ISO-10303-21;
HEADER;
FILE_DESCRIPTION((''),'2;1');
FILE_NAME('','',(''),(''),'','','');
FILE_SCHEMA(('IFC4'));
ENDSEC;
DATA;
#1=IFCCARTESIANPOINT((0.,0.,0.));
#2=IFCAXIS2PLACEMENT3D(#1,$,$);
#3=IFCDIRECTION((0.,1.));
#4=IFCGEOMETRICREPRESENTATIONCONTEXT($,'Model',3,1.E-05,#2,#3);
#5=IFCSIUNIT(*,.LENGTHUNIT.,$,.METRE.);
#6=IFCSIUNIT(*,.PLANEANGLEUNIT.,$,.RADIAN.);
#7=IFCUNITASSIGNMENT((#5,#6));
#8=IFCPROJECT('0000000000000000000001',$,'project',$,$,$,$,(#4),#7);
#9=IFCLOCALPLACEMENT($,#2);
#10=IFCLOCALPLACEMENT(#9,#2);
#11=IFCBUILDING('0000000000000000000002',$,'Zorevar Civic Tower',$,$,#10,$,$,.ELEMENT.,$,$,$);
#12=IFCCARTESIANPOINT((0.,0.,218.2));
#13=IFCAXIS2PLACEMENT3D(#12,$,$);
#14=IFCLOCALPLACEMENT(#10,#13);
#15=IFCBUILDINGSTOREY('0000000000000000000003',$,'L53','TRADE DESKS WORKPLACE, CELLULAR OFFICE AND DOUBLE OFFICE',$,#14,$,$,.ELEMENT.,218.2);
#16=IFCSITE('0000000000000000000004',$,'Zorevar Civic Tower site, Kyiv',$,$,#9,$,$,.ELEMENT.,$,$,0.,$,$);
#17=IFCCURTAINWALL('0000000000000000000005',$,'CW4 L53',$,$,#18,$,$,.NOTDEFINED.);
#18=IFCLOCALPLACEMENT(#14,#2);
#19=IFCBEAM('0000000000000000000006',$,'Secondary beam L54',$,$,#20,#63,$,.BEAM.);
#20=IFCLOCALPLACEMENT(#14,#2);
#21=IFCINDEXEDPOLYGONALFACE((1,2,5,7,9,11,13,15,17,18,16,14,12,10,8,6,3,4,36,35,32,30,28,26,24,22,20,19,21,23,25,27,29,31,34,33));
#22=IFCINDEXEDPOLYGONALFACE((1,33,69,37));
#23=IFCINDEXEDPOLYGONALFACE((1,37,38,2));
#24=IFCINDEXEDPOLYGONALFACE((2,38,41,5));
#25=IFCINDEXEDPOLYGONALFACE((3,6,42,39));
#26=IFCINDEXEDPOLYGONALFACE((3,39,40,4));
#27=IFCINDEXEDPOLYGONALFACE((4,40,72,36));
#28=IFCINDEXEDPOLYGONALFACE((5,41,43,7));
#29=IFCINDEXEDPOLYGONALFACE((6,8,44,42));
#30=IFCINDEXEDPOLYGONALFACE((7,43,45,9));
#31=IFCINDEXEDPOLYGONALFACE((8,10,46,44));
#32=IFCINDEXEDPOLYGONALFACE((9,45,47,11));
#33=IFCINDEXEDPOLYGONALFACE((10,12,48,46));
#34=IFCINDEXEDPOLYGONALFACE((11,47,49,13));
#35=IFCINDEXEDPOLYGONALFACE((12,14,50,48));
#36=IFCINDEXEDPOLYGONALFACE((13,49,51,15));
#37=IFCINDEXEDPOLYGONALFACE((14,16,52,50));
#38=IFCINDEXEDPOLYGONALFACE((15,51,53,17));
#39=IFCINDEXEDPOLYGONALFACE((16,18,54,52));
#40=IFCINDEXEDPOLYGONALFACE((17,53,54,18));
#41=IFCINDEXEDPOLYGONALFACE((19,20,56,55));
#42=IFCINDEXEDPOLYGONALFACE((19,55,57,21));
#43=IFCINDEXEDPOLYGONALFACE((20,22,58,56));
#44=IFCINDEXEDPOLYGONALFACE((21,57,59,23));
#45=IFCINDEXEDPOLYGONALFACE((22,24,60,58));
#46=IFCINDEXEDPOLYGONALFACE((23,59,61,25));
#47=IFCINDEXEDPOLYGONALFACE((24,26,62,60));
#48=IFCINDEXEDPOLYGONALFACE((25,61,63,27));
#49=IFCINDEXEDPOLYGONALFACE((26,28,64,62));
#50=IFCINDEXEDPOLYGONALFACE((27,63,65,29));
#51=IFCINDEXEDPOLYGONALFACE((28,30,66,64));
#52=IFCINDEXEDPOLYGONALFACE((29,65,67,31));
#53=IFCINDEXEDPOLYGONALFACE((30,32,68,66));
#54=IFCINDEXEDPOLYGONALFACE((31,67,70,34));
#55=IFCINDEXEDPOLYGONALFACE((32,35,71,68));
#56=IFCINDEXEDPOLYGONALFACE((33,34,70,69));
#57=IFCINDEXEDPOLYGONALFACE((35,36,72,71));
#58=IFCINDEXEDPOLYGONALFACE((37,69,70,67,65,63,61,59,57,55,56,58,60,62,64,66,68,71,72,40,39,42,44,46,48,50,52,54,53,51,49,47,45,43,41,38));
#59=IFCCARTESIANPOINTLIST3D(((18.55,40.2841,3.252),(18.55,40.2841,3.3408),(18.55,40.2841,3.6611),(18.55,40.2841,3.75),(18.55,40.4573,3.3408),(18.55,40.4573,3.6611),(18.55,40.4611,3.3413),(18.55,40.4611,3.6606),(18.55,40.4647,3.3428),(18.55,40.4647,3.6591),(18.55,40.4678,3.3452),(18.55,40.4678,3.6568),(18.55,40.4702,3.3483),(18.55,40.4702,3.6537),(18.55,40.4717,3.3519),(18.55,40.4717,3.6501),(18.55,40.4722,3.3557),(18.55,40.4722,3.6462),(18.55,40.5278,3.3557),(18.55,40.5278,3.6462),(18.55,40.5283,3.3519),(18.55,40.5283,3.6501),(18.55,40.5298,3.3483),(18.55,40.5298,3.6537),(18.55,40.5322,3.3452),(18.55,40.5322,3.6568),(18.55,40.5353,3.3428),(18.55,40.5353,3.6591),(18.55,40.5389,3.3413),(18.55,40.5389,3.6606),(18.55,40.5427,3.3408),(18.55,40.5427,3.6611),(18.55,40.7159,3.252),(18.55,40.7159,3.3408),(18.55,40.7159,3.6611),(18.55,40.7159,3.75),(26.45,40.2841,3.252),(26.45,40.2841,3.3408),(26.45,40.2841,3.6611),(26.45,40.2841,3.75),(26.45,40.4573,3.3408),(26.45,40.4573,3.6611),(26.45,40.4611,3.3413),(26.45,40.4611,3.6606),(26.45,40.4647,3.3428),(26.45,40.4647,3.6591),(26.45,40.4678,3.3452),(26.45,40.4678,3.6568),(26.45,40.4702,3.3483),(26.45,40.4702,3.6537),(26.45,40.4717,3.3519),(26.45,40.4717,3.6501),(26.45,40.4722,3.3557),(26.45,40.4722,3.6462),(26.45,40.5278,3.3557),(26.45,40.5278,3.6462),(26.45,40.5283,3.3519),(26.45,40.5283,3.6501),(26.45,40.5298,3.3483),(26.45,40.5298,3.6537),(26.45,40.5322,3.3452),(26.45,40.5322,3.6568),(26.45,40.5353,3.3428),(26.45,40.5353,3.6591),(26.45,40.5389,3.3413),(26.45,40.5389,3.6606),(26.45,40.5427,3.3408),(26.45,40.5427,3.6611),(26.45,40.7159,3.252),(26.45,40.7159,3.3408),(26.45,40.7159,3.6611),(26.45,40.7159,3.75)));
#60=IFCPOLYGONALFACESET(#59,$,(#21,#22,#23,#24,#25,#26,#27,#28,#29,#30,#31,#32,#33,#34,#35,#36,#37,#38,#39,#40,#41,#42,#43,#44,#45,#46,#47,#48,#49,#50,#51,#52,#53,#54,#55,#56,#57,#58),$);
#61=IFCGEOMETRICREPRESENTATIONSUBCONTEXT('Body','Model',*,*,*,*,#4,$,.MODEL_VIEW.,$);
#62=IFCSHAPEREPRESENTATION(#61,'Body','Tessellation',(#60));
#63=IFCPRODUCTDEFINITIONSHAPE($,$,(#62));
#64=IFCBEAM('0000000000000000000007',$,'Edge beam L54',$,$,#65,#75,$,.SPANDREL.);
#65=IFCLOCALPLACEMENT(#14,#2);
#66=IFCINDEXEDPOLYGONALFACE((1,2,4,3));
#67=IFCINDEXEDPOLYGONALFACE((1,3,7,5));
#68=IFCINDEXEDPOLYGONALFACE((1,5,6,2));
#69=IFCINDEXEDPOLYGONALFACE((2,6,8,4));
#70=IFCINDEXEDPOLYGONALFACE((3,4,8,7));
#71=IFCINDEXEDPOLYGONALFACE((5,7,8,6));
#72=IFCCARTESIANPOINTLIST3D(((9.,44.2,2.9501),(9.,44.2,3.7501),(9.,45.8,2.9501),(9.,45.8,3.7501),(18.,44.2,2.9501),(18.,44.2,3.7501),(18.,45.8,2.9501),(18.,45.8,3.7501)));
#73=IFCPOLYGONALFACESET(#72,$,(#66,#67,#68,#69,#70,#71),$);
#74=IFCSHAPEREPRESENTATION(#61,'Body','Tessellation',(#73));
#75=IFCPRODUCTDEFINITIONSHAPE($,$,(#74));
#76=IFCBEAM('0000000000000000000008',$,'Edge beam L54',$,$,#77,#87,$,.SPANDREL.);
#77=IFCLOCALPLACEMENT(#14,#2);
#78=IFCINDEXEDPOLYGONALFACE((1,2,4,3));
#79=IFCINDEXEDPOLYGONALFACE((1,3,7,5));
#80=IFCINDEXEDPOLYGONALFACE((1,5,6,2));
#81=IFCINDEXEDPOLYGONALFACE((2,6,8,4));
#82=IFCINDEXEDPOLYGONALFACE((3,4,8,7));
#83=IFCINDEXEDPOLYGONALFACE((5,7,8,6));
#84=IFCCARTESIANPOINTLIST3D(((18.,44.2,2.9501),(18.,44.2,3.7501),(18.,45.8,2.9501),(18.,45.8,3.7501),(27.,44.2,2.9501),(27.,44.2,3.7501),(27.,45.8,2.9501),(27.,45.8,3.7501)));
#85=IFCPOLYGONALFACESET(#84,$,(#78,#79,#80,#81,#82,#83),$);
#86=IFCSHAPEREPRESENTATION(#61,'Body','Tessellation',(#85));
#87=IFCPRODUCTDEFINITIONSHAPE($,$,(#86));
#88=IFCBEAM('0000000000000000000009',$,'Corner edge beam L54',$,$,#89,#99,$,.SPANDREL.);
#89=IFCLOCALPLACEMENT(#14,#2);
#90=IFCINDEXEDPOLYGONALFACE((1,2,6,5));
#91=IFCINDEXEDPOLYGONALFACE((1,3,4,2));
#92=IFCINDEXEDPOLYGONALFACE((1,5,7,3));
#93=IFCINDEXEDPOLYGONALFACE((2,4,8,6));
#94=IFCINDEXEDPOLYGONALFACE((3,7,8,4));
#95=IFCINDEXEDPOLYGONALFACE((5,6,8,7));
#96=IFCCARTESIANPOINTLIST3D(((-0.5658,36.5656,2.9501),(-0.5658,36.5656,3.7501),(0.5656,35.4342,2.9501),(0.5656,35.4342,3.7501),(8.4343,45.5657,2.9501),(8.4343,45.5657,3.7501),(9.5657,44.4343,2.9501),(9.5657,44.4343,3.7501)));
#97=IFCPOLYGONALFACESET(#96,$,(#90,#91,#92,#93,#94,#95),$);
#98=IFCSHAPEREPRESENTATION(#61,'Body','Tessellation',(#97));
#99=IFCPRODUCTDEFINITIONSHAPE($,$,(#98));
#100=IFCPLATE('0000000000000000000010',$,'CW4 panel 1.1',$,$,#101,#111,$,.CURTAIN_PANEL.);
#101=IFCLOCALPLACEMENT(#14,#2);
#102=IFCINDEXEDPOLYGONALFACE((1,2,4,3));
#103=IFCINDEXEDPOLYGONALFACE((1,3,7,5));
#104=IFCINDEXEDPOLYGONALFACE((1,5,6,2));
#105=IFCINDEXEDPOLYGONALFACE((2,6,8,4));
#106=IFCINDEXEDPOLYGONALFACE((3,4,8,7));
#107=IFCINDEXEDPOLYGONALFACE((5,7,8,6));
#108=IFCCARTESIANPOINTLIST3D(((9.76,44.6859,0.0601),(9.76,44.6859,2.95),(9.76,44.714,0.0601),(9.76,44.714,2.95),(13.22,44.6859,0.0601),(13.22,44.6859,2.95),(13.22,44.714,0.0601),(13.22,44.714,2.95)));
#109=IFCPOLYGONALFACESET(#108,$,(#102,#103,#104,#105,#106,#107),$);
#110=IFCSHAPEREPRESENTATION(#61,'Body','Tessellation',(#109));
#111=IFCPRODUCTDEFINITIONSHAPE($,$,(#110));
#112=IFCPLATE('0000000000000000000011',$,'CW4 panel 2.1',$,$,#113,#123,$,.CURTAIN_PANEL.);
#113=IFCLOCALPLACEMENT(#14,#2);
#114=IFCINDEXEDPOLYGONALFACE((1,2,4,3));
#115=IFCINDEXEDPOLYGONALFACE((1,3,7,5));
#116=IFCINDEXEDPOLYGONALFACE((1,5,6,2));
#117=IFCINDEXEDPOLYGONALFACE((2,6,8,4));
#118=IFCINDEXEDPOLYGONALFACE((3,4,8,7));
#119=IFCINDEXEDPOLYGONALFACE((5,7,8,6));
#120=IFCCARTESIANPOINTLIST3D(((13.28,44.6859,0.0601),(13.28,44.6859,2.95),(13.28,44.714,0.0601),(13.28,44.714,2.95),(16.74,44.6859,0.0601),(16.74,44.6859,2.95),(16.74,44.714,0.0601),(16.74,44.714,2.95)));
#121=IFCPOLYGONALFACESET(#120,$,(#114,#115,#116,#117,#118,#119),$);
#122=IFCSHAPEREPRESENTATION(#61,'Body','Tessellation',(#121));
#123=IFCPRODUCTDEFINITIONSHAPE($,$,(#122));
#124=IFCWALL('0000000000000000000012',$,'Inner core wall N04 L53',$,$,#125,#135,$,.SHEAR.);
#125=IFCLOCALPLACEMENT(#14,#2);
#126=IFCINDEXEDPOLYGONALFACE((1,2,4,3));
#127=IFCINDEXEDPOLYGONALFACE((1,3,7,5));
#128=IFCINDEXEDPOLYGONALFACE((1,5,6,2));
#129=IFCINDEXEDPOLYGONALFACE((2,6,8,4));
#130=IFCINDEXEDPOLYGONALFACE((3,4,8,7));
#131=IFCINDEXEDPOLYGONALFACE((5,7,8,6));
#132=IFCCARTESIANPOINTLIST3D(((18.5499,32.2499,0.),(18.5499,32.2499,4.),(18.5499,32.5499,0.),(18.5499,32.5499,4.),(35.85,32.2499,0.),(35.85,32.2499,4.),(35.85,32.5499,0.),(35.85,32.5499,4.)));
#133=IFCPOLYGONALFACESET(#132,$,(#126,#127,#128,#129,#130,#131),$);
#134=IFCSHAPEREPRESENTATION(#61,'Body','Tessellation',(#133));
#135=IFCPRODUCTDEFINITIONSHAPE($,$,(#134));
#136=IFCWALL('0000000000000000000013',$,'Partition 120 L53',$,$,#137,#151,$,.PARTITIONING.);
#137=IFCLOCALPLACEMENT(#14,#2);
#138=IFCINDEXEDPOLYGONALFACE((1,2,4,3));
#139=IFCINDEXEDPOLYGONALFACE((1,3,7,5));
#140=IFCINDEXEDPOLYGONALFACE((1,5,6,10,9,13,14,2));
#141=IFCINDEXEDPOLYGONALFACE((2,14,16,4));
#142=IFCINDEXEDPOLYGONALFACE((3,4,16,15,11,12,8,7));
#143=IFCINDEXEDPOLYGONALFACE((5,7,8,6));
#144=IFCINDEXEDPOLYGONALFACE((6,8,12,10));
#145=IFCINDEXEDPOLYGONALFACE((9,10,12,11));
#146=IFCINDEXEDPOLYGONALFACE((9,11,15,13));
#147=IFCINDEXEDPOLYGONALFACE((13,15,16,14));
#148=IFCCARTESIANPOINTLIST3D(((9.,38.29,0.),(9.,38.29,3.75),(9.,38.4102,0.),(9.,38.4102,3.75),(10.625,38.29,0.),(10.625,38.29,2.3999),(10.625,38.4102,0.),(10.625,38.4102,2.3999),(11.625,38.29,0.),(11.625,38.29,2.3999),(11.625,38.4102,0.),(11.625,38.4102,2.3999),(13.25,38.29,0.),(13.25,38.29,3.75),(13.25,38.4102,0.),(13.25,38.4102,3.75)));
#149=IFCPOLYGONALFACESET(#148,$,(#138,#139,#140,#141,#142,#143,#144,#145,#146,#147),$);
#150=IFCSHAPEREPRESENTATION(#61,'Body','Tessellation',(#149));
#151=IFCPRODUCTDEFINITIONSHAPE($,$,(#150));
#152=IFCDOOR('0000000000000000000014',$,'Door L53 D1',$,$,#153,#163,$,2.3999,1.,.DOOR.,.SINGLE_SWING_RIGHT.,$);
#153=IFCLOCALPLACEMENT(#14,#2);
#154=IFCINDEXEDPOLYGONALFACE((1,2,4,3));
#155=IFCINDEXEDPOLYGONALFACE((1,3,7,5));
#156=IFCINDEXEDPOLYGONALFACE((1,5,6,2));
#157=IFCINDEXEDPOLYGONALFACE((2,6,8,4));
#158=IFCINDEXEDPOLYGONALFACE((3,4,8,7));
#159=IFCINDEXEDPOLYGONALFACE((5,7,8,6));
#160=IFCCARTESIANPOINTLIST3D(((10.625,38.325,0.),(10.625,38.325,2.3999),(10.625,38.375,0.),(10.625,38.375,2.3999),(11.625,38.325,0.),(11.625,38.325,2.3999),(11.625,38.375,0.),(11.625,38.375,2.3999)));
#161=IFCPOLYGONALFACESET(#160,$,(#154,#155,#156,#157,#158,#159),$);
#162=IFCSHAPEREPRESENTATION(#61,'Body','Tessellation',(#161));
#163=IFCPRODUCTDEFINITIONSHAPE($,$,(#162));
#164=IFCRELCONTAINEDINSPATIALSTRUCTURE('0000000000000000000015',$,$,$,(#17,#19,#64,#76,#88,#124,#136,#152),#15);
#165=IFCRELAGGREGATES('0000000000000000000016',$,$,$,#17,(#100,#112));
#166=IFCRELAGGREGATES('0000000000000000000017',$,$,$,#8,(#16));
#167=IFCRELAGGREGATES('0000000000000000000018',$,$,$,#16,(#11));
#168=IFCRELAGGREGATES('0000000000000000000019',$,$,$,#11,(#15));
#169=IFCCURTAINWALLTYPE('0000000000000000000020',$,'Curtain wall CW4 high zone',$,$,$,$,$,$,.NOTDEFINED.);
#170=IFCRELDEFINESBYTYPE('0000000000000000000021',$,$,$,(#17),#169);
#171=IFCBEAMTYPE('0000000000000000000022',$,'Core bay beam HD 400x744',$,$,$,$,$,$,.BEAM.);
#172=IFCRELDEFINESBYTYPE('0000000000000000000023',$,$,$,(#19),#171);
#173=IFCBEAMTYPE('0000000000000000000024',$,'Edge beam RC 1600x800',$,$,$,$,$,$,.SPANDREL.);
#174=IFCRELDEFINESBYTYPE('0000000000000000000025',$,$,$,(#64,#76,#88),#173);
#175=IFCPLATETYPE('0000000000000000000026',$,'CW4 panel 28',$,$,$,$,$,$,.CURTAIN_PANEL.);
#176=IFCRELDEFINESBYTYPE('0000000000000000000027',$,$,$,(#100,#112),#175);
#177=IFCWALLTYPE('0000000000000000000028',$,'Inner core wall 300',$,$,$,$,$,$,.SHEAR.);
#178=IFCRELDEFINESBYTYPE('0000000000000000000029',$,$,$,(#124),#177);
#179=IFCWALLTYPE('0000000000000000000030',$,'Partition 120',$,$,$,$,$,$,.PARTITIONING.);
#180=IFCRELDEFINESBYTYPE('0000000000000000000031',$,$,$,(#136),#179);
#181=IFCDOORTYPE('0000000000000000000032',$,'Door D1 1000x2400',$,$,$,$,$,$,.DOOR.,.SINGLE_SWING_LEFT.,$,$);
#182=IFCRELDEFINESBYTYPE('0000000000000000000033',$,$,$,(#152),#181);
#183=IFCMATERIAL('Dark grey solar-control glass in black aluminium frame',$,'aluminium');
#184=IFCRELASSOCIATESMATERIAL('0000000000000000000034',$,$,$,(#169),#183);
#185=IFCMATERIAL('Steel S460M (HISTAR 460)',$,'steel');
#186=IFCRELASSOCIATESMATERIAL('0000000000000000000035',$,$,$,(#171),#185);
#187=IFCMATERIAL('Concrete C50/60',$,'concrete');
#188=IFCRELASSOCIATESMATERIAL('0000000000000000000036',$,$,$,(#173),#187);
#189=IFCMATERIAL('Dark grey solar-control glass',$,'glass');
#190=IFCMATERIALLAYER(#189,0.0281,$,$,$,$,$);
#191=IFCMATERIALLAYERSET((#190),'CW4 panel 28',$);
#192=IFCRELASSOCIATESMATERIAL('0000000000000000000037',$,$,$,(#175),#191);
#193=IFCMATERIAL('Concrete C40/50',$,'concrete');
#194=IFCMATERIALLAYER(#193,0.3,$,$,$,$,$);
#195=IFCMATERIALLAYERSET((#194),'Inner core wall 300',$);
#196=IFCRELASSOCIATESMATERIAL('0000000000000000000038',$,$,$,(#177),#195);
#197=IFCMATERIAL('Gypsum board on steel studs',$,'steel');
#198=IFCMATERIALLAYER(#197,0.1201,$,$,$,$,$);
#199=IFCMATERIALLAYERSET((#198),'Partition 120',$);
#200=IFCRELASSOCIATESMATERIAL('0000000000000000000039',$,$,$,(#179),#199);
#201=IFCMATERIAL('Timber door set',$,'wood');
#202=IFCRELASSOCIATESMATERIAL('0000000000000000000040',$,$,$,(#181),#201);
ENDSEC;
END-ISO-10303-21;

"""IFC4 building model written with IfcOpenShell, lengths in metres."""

from ifc_helpers import new_model, si_unit, direction, frame, frame_2d, origin, origin_2d, place, context, subcontext, project, spatial, rectangle, i_section, extrude, material, layer, layer_set, material_profile, profile_set, type_object, element, fill, aggregate, save


model = new_model("IFC4")

# Units and contexts
model_context = context("Model", 3, precision=1e-05, world=origin(), true_north=direction((0.0, 1.0)))
body_context = subcontext(model_context, "Body", "Model", "MODEL_VIEW")
ifc_project = project(units=[si_unit("LENGTHUNIT", "METRE"), si_unit("PLANEANGLEUNIT", "RADIAN")], contexts=[model_context])

# Site, building, storey
site_placement = place(None, origin())
site = spatial("IfcSite", under=ifc_project, at=site_placement, Name="Zorevar Civic Tower site, Kyiv", CompositionType="ELEMENT", RefElevation=0.0)
building_placement = place(site_placement, origin())
building = spatial("IfcBuilding", under=site, at=building_placement, Name="Zorevar Civic Tower", CompositionType="ELEMENT")
storey_placement = place(building_placement, frame((0.0, 0.0, 218.2)))
storey = spatial("IfcBuildingStorey", under=building, at=storey_placement, Name="L53", Description="TRADE DESKS WORKPLACE, CELLULAR OFFICE AND DOUBLE OFFICE", CompositionType="ELEMENT", Elevation=218.2)

# Curtain wall
ifc_material_1 = material(Name="Dark grey solar-control glass in black aluminium frame", Category="aluminium")
curtain_wall_type = type_object("IfcCurtainWallType", Name="Curtain wall CW4 high zone", PredefinedType="NOTDEFINED", material=ifc_material_1)
curtain_wall_placement = place(storey_placement, origin())
curtain_wall = element("IfcCurtainWall", 1, at=curtain_wall_placement, inside=storey, type_object=curtain_wall_type, Name="CW4 L53", PredefinedType="NOTDEFINED")

# Beams
ifc_material_2 = material(Name="Steel S460M (HISTAR 460)", Category="steel")
ifc_material_profile_1 = material_profile(ifc_material_2, i_section(OverallWidth=0.4319, OverallDepth=0.498, WebThickness=0.0557, FlangeThickness=0.0889, FilletRadius=0.0149, at=origin_2d()), Name="HD 400x744")
ifc_profile_set_1 = profile_set([ifc_material_profile_1], Name="Steel S460M (HISTAR 460)")
beam_type_1 = type_object("IfcBeamType", Name="Core bay beam HD 400x744", PredefinedType="BEAM", material=ifc_profile_set_1)
beam_1_placement = place(storey_placement, frame((18.55, 40.5, 3.501), z_axis=(1.0, 0.0, 0.0), x_axis=(0.0, 1.0, 0.0)))
element("IfcBeam", 2, at=beam_1_placement, inside=storey, type_object=beam_type_1, Name="Secondary beam L54", PredefinedType="BEAM", context=body_context, shape_type="SweptSolid", body=[
    extrude(i_section(OverallWidth=0.4319, OverallDepth=0.498, WebThickness=0.0557, FlangeThickness=0.0889, FilletRadius=0.0149, at=origin_2d()), origin(), (0.0, 0.0, 1.0), 7.8999),
])
ifc_material_3 = material(Name="Concrete C50/60", Category="concrete")
ifc_material_profile_2 = material_profile(ifc_material_3, rectangle(XDim=1.6001, YDim=0.8, at=origin_2d()), Name="RC 1600x800")
ifc_profile_set_2 = profile_set([ifc_material_profile_2], Name="Concrete C50/60")
beam_type_2 = type_object("IfcBeamType", Name="Edge beam RC 1600x800", PredefinedType="SPANDREL", material=ifc_profile_set_2)
for number, where, z_axis, x_axis, name in (
    (3, (9.0, 45.0, 3.3501), (1.0, 0.0, 0.0), (0.0, 1.0, 0.0), "Edge beam L54"),
    (4, (18.0, 45.0, 3.3501), (1.0, 0.0, 0.0), (0.0, 1.0, 0.0), "Edge beam L54"),
):
    element("IfcBeam", number, at=place(storey_placement, frame(where, z_axis=z_axis, x_axis=x_axis)), inside=storey, type_object=beam_type_2, Name=name, PredefinedType="SPANDREL", context=body_context, shape_type="SweptSolid", body=[
        extrude(rectangle(XDim=1.6001, YDim=0.8, at=origin_2d()), origin(), (0.0, 0.0, 1.0), 9.0),
    ])
beam_2_placement = place(storey_placement, frame((9.0, 45.0, 3.3501), z_axis=(-0.707107, -0.707107, 0.0), x_axis=(0.707107, -0.707107, 0.0)))
element("IfcBeam", 5, at=beam_2_placement, inside=storey, type_object=beam_type_2, Name="Corner edge beam L54", PredefinedType="SPANDREL", context=body_context, shape_type="SweptSolid", body=[
    extrude(rectangle(XDim=1.6001, YDim=0.8, at=origin_2d()), origin(), (0.0, 0.0, 1.0), 12.728),
])

# Plates
ifc_material_4 = material(Name="Dark grey solar-control glass", Category="glass")
ifc_layer_1 = layer(ifc_material_4, 0.0281)
ifc_layer_set_1 = layer_set([ifc_layer_1], Name="CW4 panel 28")
plate_type = type_object("IfcPlateType", Name="CW4 panel 28", PredefinedType="CURTAIN_PANEL", material=ifc_layer_set_1)
plate_1_placement = place(storey_placement, frame((11.49, 44.7, 0.0601), z_axis=(0.0, 0.0, 1.0), x_axis=(1.0, 0.0, 0.0)))
plate_1 = element("IfcPlate", 6, at=plate_1_placement, type_object=plate_type, Name="CW4 panel 1.1", PredefinedType="CURTAIN_PANEL", context=body_context, shape_type="SweptSolid", body=[
    extrude(rectangle(XDim=3.46, YDim=0.0281, at=origin_2d()), origin(), (0.0, 0.0, 1.0), 2.8899),
])
plate_2_placement = place(storey_placement, frame((15.01, 44.7, 0.0601), z_axis=(0.0, 0.0, 1.0), x_axis=(1.0, 0.0, 0.0)))
plate_2 = element("IfcPlate", 7, at=plate_2_placement, type_object=plate_type, Name="CW4 panel 2.1", PredefinedType="CURTAIN_PANEL", context=body_context, shape_type="SweptSolid", body=[
    extrude(rectangle(XDim=3.46, YDim=0.0281, at=origin_2d()), origin(), (0.0, 0.0, 1.0), 2.8899),
])
aggregate(curtain_wall, [plate_1, plate_2])

# Wall
ifc_material_5 = material(Name="Concrete C40/50", Category="concrete")
ifc_layer_2 = layer(ifc_material_5, 0.3)
ifc_layer_set_2 = layer_set([ifc_layer_2], Name="Inner core wall 300")
wall_type_1 = type_object("IfcWallType", Name="Inner core wall 300", PredefinedType="SHEAR", material=ifc_layer_set_2)
wall_1_placement = place(storey_placement, frame((18.55, 32.3999, 0.0), z_axis=(0.0, 0.0, 1.0), x_axis=(1.0, 0.0, 0.0)))
element("IfcWall", 8, at=wall_1_placement, inside=storey, type_object=wall_type_1, Name="Inner core wall N04 L53", PredefinedType="SHEAR", context=body_context, shape_type="SweptSolid", body=[
    extrude(rectangle(XDim=17.3, YDim=0.3, at=frame_2d((8.6499, 0.0))), origin(), (0.0, 0.0, 1.0), 4.0),
])

# Wall, opening, door
ifc_material_6 = material(Name="Gypsum board on steel studs", Category="steel")
ifc_layer_3 = layer(ifc_material_6, 0.1201)
ifc_layer_set_3 = layer_set([ifc_layer_3], Name="Partition 120")
wall_type_2 = type_object("IfcWallType", Name="Partition 120", PredefinedType="PARTITIONING", material=ifc_layer_set_3)
wall_2_placement = place(storey_placement, frame((9.0, 38.3501, 0.0), z_axis=(0.0, 0.0, 1.0), x_axis=(1.0, 0.0, 0.0)))
wall_2 = element("IfcWall", 9, at=wall_2_placement, inside=storey, type_object=wall_type_2, Name="Partition 120 L53", PredefinedType="PARTITIONING", context=body_context, shape_type="SweptSolid", body=[
    extrude(rectangle(XDim=4.25, YDim=0.1201, at=frame_2d((2.125, 0.0))), origin(), (0.0, 0.0, 1.0), 3.75),
])
opening_1_placement = place(wall_2_placement, frame((1.625, 0.0, 0.0)))
opening_1 = element("IfcOpeningElement", 10, at=opening_1_placement, cuts=wall_2, PredefinedType="OPENING", context=body_context, shape_type="SweptSolid", body=[
    extrude(rectangle(XDim=1.0, YDim=2.3999, at=frame_2d((0.5, 1.2))), frame((0.0, 0.0701, 0.0), z_axis=(0.0, -1.0, 0.0), x_axis=(1.0, 0.0, 0.0)), (0.0, 0.0, 1.0), 0.1401),
])
ifc_material_7 = material(Name="Timber door set", Category="wood")
door_type_1 = type_object("IfcDoorType", Name="Door D1 1000x2400", OperationType="SINGLE_SWING_LEFT", PredefinedType="DOOR", material=ifc_material_7)
door_1_placement = place(opening_1_placement, origin())
door_1 = element("IfcDoor", 11, at=door_1_placement, inside=storey, type_object=door_type_1, Name="Door L53 D1", OperationType="SINGLE_SWING_RIGHT", OverallHeight=2.3999, OverallWidth=1.0, PredefinedType="DOOR", context=body_context, shape_type="SweptSolid", body=[
    extrude(rectangle(XDim=1.0, YDim=2.3999, at=frame_2d((0.5, 1.2))), frame((0.0, 0.0249, 0.0), z_axis=(0.0, -1.0, 0.0), x_axis=(1.0, 0.0, 0.0)), (0.0, 0.0, 1.0), 0.05),
])
fill(opening_1, door_1)

save(model, "model.ifc")
